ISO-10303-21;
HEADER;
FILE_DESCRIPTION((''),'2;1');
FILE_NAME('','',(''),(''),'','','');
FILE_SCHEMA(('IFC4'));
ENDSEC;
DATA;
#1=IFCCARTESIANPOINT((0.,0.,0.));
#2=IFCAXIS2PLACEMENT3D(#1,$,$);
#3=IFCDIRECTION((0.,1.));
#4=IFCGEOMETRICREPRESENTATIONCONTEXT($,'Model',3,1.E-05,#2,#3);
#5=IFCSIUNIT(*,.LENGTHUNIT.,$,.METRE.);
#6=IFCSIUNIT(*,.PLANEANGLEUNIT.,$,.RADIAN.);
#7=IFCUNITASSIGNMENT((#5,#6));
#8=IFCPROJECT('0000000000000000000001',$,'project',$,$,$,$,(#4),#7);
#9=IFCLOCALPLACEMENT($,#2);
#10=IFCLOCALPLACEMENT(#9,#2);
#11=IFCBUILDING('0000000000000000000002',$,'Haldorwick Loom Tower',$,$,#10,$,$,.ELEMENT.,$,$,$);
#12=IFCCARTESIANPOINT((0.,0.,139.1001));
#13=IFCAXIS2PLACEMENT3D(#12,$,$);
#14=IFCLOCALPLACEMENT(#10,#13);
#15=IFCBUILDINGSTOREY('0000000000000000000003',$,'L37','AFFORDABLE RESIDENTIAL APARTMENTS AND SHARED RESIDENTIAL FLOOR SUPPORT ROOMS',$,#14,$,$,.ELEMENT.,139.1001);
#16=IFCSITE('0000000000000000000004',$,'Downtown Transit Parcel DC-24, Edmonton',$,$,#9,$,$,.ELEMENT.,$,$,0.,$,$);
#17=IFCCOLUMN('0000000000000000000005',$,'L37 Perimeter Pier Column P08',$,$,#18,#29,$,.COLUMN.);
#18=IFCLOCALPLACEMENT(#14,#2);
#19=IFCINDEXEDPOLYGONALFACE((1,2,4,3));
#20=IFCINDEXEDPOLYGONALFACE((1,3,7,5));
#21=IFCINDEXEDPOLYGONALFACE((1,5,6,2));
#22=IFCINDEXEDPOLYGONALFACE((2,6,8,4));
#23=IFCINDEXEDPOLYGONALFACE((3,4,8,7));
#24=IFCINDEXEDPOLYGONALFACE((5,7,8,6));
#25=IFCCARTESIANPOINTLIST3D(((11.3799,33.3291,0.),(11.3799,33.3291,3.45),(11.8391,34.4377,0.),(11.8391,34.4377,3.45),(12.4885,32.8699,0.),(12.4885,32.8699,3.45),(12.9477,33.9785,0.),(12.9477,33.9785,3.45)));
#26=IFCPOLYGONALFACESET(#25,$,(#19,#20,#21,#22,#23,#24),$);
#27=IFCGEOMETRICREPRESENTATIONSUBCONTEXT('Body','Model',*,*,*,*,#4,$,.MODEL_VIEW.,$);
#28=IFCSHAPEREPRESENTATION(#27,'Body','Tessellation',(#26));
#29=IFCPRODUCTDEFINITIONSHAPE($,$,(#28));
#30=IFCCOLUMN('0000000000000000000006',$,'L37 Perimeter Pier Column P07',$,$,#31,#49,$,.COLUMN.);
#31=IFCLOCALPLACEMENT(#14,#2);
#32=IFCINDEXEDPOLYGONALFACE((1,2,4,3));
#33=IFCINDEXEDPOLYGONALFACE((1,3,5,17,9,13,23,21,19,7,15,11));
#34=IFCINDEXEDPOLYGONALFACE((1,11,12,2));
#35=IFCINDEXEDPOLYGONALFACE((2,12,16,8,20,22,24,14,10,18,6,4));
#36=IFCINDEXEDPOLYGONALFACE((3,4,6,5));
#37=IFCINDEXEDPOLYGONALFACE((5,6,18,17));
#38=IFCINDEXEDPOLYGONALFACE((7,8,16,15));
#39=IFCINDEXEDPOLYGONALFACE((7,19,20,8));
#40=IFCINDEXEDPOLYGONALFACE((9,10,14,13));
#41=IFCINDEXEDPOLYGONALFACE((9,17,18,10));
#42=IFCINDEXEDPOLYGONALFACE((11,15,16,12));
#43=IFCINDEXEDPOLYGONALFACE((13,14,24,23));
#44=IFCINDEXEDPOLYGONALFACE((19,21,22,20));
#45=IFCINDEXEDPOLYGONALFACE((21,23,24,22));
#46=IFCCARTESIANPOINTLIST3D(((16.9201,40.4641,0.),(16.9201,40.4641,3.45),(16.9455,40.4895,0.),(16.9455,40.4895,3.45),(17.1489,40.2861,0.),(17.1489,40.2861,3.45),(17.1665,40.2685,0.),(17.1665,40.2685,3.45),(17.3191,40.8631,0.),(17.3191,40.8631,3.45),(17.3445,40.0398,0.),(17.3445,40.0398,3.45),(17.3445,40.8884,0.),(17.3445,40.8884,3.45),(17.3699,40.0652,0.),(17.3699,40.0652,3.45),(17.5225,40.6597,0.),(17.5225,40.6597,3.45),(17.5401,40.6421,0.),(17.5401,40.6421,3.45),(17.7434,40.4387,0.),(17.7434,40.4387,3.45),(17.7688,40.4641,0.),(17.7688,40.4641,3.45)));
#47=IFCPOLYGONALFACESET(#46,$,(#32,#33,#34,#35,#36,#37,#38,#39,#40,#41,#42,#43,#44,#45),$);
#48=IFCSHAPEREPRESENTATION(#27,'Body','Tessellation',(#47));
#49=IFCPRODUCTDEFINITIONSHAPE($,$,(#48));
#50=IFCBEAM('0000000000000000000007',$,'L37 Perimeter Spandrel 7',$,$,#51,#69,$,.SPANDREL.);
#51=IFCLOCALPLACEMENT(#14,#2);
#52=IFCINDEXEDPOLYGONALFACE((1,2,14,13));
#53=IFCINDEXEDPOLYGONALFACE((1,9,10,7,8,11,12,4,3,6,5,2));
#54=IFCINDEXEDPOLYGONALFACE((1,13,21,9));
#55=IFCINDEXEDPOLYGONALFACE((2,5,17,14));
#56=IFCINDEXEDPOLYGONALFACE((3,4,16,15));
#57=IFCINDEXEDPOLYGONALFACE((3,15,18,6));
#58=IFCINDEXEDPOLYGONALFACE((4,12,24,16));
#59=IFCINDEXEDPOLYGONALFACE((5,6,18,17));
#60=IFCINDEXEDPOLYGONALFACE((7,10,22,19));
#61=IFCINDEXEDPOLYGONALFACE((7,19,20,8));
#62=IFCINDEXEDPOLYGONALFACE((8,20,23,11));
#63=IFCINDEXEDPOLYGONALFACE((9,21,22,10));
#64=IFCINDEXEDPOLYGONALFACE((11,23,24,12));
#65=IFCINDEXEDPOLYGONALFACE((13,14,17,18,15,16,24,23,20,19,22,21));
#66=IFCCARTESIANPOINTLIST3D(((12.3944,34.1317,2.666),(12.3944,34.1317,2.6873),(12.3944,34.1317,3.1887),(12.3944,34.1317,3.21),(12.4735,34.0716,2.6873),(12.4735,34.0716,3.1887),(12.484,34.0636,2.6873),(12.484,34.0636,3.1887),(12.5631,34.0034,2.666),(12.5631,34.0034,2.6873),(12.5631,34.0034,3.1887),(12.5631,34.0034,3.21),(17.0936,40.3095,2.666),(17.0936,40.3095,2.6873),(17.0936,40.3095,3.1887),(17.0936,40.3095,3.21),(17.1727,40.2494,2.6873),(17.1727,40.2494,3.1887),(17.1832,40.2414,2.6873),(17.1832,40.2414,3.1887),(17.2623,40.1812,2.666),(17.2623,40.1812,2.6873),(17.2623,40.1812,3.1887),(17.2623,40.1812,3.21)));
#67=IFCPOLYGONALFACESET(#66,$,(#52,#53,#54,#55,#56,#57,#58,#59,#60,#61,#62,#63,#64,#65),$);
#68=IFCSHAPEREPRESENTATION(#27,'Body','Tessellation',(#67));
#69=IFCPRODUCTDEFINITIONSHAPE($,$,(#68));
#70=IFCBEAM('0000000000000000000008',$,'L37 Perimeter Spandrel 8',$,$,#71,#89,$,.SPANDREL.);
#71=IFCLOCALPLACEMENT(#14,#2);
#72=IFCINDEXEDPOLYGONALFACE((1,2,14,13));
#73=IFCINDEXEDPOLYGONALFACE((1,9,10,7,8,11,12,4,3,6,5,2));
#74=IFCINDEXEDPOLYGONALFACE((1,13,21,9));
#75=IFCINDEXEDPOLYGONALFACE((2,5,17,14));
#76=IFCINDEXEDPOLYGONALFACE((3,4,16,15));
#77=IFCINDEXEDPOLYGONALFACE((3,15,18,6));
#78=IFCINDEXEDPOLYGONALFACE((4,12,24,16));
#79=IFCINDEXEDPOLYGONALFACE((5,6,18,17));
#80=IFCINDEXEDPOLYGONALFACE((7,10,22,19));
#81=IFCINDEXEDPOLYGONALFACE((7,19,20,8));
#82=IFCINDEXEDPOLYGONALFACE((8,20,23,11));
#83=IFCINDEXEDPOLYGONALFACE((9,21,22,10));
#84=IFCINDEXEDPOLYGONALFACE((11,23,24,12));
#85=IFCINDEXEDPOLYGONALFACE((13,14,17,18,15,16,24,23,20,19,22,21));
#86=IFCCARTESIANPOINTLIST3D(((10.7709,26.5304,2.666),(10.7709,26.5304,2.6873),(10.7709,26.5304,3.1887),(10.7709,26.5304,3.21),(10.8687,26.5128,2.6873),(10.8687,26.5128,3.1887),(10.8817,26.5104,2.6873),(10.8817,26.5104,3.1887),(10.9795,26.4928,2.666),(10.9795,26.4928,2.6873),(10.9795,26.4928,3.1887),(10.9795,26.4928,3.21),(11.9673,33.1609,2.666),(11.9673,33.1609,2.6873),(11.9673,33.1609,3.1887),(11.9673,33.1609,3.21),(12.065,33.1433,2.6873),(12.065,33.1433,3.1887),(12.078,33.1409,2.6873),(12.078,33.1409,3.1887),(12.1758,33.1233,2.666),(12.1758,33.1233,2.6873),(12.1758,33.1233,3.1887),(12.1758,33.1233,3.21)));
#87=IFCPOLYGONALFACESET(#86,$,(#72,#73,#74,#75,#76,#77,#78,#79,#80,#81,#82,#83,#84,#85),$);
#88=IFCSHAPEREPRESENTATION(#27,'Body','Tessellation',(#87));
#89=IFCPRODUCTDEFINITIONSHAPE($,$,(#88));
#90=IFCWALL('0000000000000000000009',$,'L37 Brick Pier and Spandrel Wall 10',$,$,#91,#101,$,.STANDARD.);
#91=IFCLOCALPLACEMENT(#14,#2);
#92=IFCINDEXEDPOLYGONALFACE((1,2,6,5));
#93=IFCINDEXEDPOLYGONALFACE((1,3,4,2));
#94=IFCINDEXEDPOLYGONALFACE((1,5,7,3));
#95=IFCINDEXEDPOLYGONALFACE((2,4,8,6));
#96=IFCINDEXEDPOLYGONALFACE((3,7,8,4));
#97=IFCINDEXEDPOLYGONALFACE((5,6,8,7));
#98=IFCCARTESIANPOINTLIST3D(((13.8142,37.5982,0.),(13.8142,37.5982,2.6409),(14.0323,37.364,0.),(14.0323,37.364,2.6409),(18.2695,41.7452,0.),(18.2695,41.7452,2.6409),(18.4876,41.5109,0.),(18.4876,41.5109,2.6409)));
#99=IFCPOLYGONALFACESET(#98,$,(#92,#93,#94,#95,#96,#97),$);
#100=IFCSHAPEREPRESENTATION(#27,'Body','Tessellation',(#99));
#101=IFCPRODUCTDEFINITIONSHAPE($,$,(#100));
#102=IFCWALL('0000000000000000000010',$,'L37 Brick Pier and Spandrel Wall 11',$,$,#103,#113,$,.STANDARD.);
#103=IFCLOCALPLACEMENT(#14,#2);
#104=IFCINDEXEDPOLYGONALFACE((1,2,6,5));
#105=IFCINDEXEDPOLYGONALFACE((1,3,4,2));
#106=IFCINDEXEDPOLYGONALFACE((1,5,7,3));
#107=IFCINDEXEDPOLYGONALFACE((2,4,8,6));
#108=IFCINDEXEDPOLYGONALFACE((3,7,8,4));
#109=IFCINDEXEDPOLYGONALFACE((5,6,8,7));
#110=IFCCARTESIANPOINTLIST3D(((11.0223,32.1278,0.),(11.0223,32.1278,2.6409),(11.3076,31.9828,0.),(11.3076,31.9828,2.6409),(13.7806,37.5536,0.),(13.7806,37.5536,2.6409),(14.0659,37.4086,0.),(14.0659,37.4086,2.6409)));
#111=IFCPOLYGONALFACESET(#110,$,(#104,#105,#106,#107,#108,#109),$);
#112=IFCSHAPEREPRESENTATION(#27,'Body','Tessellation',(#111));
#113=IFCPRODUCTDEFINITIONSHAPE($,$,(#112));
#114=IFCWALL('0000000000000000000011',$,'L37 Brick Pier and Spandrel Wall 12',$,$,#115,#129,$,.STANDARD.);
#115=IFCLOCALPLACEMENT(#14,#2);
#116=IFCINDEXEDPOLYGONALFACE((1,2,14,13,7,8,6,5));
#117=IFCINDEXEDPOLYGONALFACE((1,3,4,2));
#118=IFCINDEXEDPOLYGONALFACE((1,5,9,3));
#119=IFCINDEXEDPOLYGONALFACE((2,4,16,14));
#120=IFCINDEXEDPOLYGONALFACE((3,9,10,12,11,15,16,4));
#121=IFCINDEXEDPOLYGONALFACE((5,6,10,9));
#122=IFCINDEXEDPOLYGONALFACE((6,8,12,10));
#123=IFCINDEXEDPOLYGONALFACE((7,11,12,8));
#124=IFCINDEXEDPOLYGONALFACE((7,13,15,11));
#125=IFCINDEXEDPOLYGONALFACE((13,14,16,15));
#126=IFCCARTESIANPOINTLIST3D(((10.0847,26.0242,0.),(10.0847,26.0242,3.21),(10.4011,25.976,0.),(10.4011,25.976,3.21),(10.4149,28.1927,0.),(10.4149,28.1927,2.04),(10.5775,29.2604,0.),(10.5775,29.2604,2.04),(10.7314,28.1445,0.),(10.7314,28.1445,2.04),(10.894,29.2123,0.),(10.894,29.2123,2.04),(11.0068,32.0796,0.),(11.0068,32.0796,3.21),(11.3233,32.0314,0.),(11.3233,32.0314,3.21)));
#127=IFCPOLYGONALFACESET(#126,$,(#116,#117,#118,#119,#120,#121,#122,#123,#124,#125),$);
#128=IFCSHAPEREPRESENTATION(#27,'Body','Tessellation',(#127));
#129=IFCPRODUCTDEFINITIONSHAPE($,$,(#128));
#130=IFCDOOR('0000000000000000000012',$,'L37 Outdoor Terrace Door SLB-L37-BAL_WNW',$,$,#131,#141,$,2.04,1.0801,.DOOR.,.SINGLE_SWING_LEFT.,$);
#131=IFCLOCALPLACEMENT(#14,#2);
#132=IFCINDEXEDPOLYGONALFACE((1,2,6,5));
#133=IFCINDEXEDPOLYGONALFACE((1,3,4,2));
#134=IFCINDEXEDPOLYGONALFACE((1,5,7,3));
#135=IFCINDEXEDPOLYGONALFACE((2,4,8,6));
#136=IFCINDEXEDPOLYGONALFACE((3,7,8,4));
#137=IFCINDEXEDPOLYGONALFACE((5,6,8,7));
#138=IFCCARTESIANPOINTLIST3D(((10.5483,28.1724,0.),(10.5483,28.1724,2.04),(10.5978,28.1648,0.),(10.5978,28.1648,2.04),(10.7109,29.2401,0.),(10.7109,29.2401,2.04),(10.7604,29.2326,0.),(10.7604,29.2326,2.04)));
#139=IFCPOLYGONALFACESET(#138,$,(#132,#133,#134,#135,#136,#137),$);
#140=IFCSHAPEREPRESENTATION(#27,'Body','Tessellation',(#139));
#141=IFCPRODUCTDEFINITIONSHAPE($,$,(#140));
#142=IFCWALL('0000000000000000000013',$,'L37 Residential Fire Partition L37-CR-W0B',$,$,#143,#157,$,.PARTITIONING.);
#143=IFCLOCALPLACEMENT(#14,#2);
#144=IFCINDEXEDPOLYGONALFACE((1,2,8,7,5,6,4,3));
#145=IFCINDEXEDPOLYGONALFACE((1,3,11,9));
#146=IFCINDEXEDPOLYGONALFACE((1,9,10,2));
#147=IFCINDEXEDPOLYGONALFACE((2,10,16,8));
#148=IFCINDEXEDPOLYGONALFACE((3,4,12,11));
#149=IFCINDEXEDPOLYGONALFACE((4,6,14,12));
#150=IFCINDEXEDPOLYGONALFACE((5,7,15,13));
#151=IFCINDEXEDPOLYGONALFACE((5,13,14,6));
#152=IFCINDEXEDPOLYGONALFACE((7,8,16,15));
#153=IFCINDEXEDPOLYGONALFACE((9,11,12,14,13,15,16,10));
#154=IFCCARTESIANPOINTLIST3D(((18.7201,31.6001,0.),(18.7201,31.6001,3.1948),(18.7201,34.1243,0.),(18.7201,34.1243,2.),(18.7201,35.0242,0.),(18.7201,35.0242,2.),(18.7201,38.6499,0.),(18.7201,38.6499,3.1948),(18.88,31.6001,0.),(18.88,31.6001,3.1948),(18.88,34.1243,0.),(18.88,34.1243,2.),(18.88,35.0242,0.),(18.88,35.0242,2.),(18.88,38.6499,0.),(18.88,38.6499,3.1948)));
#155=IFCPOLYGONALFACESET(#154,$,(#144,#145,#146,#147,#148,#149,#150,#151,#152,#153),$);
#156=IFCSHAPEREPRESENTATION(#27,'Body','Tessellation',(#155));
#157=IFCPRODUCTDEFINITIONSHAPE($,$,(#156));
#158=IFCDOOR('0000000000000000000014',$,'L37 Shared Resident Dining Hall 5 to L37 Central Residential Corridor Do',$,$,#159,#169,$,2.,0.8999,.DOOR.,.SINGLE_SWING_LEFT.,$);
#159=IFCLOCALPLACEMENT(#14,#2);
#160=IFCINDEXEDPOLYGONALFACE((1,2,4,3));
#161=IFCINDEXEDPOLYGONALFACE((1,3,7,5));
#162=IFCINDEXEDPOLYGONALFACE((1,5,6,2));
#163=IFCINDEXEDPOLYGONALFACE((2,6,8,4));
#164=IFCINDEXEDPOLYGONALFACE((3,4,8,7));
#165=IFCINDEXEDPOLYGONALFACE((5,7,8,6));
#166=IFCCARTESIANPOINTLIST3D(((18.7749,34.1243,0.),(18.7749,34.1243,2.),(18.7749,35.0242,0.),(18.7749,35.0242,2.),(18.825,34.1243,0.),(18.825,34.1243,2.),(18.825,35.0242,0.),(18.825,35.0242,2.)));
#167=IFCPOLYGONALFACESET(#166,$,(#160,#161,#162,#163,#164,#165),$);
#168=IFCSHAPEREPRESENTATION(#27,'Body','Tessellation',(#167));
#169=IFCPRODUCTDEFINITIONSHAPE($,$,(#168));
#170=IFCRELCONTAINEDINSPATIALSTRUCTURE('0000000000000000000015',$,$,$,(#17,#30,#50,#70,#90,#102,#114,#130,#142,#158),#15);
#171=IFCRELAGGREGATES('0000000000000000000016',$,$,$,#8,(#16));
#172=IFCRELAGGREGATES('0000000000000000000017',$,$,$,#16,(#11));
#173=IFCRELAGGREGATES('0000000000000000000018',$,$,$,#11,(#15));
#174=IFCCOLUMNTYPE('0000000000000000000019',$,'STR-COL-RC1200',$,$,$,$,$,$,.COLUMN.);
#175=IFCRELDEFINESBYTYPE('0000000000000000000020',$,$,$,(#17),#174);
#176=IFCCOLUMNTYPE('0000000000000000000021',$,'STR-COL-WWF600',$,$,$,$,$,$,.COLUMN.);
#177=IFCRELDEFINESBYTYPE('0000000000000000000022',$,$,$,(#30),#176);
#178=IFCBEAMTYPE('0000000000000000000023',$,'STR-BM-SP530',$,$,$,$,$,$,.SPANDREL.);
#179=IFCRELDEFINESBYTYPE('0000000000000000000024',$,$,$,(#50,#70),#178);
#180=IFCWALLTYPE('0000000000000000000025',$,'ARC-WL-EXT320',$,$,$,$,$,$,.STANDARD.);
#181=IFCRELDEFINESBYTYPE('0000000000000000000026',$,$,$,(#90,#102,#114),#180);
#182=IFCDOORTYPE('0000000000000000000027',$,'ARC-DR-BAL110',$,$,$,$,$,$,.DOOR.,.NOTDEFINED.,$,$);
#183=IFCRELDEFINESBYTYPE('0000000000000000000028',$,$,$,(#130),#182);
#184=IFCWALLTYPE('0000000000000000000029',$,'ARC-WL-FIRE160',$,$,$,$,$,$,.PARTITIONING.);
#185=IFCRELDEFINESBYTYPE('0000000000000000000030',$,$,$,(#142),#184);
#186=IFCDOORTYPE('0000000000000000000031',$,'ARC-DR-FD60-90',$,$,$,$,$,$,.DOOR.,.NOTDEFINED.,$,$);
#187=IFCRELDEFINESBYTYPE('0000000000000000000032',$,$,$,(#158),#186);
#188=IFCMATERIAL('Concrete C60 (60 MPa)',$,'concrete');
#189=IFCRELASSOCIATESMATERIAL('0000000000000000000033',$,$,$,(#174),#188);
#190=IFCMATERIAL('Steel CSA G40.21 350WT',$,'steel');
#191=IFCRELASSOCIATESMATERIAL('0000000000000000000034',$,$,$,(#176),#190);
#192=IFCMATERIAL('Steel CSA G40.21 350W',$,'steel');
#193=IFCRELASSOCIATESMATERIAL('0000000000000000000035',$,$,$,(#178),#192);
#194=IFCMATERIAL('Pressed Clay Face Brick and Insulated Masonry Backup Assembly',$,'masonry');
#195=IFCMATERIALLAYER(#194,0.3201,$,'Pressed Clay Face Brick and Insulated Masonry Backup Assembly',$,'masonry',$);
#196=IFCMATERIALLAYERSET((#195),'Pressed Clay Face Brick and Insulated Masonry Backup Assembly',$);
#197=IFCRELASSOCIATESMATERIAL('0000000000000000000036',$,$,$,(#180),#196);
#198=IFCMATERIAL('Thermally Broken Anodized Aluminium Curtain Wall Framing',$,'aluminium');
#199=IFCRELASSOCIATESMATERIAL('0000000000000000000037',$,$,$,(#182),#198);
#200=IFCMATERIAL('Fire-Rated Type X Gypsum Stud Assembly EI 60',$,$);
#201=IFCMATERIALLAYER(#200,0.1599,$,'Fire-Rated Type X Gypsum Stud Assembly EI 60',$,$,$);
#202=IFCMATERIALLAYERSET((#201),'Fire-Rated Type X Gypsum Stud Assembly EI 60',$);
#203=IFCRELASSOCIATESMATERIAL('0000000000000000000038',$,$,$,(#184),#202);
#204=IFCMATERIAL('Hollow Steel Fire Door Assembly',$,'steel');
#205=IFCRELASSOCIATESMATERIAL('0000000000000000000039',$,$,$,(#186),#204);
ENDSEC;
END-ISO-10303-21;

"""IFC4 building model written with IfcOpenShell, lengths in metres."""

from ifc_helpers import new_model, si_unit, direction, frame, frame_2d, origin, origin_2d, place, context, subcontext, project, spatial, rectangle, i_section, extrude, material, layer, layer_set, material_profile, profile_set, type_object, element, fill, save


model = new_model("IFC4")

# Units and contexts
model_context = context("Model", 3, precision=1e-05, world=origin(), true_north=direction((0.0, 1.0)))
body_context = subcontext(model_context, "Body", "Model", "MODEL_VIEW")
ifc_project = project(units=[si_unit("LENGTHUNIT", "METRE"), si_unit("PLANEANGLEUNIT", "RADIAN")], contexts=[model_context])

# Site, building, storey
site_placement = place(None, origin())
site = spatial("IfcSite", under=ifc_project, at=site_placement, Name="Downtown Transit Parcel DC-24, Edmonton", CompositionType="ELEMENT", RefElevation=0.0)
building_placement = place(site_placement, origin())
building = spatial("IfcBuilding", under=site, at=building_placement, Name="Haldorwick Loom Tower", CompositionType="ELEMENT")
storey_placement = place(building_placement, frame((0.0, 0.0, 139.1001)))
storey = spatial("IfcBuildingStorey", under=building, at=storey_placement, Name="L37", Description="AFFORDABLE RESIDENTIAL APARTMENTS AND SHARED RESIDENTIAL FLOOR SUPPORT ROOMS", CompositionType="ELEMENT", Elevation=139.1001)

# Columns
ifc_material_1 = material(Name="Concrete C60 (60 MPa)", Category="concrete")
ifc_material_profile_1 = material_profile(ifc_material_1, rectangle(XDim=1.2, YDim=1.2, at=origin_2d()), Name="RC1200X1200", Category="concrete")
ifc_profile_set_1 = profile_set([ifc_material_profile_1], Name="Concrete C60 (60 MPa)")
column_type_1 = type_object("IfcColumnType", Name="STR-COL-RC1200", PredefinedType="COLUMN", material=ifc_profile_set_1)
column_1_placement = place(storey_placement, frame((12.1638, 33.6538, 0.0), z_axis=(0.0, 0.0, 1.0), x_axis=(-0.92388, 0.382683, 0.0)))
element("IfcColumn", 1, at=column_1_placement, inside=storey, type_object=column_type_1, Name="L37 Perimeter Pier Column P08", PredefinedType="COLUMN", context=body_context, shape_type="SweptSolid", body=[
    extrude(rectangle(XDim=1.2, YDim=1.2, at=origin_2d()), origin(), (0.0, 0.0, 1.0), 3.45),
])
ifc_material_2 = material(Name="Steel CSA G40.21 350WT", Category="steel")
ifc_material_profile_2 = material_profile(ifc_material_2, i_section(OverallWidth=0.6001, OverallDepth=0.6001, WebThickness=0.0249, FlangeThickness=0.0359, at=origin_2d()), Name="WWF600X600", Category="steel")
ifc_profile_set_2 = profile_set([ifc_material_profile_2], Name="Steel CSA G40.21 350WT")
column_type_2 = type_object("IfcColumnType", Name="STR-COL-WWF600", PredefinedType="COLUMN", material=ifc_profile_set_2)
column_2_placement = place(storey_placement, frame((17.3445, 40.4641, 0.0), z_axis=(0.0, 0.0, 1.0), x_axis=(-0.707107, 0.707107, 0.0)))
element("IfcColumn", 2, at=column_2_placement, inside=storey, type_object=column_type_2, Name="L37 Perimeter Pier Column P07", PredefinedType="COLUMN", context=body_context, shape_type="SweptSolid", body=[
    extrude(i_section(OverallWidth=0.6001, OverallDepth=0.6001, WebThickness=0.0249, FlangeThickness=0.0359, at=origin_2d()), origin(), (0.0, 0.0, 1.0), 3.45),
])

# Beams
ifc_material_3 = material(Name="Steel CSA G40.21 350W", Category="steel")
ifc_material_profile_3 = material_profile(ifc_material_3, i_section(OverallWidth=0.2119, OverallDepth=0.5439, WebThickness=0.0132, FlangeThickness=0.0212, at=origin_2d()), Name="W530X123", Category="steel")
ifc_profile_set_3 = profile_set([ifc_material_profile_3], Name="Steel CSA G40.21 350W")
beam_type = type_object("IfcBeamType", Name="STR-BM-SP530", PredefinedType="SPANDREL", material=ifc_profile_set_3)
beam_1_placement = place(storey_placement, frame((17.178, 40.2454, 2.938), z_axis=(-0.605421, -0.795905, 0.0), x_axis=(0.795905, -0.605421, 0.0)))
element("IfcBeam", 3, at=beam_1_placement, inside=storey, type_object=beam_type, Name="L37 Perimeter Spandrel 7", PredefinedType="SPANDREL", context=body_context, shape_type="SweptSolid", body=[
    extrude(i_section(OverallWidth=0.2119, OverallDepth=0.5439, WebThickness=0.0132, FlangeThickness=0.0212, at=origin_2d()), origin(), (0.0, 0.0, 1.0), 7.762),
])
beam_2_placement = place(storey_placement, frame((12.0715, 33.1421, 2.938), z_axis=(-0.177559, -0.98411, 0.0), x_axis=(0.98411, -0.177559, 0.0)))
element("IfcBeam", 4, at=beam_2_placement, inside=storey, type_object=beam_type, Name="L37 Perimeter Spandrel 8", PredefinedType="SPANDREL", context=body_context, shape_type="SweptSolid", body=[
    extrude(i_section(OverallWidth=0.2119, OverallDepth=0.5439, WebThickness=0.0132, FlangeThickness=0.0212, at=origin_2d()), origin(), (0.0, 0.0, 1.0), 6.7375),
])

# Walls
ifc_material_4 = material(Name="Pressed Clay Face Brick and Insulated Masonry Backup Assembly", Category="masonry")
ifc_layer_1 = layer(ifc_material_4, 0.3201, Name="Pressed Clay Face Brick and Insulated Masonry Backup Assembly", Category="masonry")
ifc_layer_set_1 = layer_set([ifc_layer_1], Name="Pressed Clay Face Brick and Insulated Masonry Backup Assembly")
wall_type_1 = type_object("IfcWallType", Name="ARC-WL-EXT320", PredefinedType="STANDARD", material=ifc_layer_set_1)
for number, where, z_axis, x_axis, name in (
    (5, (18.3787, 41.6282, 0.0), (0.0, 0.0, 1.0), (-0.731983, -0.681323, 0.0), "L37 Brick Pier and Spandrel Wall 10"),
    (6, (13.9233, 37.4812, 0.0), (0.0, 0.0, 1.0), (-0.453172, -0.891423, 0.0), "L37 Brick Pier and Spandrel Wall 11"),
):
    element("IfcWall", number, at=place(storey_placement, frame(where, z_axis=z_axis, x_axis=x_axis)), inside=storey, type_object=wall_type_1, Name=name, PredefinedType="STANDARD", context=body_context, shape_type="SweptSolid", body=[
        extrude(rectangle(XDim=6.0867, YDim=0.3201, at=frame_2d((3.0435, 0.0))), origin(), (0.0, 0.0, 1.0), 2.6409),
    ])

# Walls, openings, doors
wall_1_placement = place(storey_placement, frame((11.165, 32.0554, 0.0), z_axis=(0.0, 0.0, 1.0), x_axis=(-0.150544, -0.988603, 0.0)))
wall_1 = element("IfcWall", 7, at=wall_1_placement, inside=storey, type_object=wall_type_1, Name="L37 Brick Pier and Spandrel Wall 12", PredefinedType="STANDARD", context=body_context, shape_type="SweptSolid", body=[
    extrude(rectangle(XDim=6.1252, YDim=0.3201, at=frame_2d((3.0625, 0.0))), origin(), (0.0, 0.0, 1.0), 3.21),
])
opening_1_placement = place(wall_1_placement, frame((2.8516, 0.0, 0.0)))
opening_1 = element("IfcOpeningElement", 8, at=opening_1_placement, cuts=wall_1, PredefinedType="OPENING", context=body_context, shape_type="SweptSolid", body=[
    extrude(rectangle(XDim=1.0801, YDim=2.04, at=frame_2d((0.54, 1.02))), frame((0.0, 0.1699, 0.0), z_axis=(0.0, -1.0, 0.0), x_axis=(1.0, 0.0, 0.0)), (0.0, 0.0, 1.0), 0.3401),
])
ifc_material_5 = material(Name="Thermally Broken Anodized Aluminium Curtain Wall Framing", Category="aluminium")
door_type_1 = type_object("IfcDoorType", Name="ARC-DR-BAL110", OperationType="NOTDEFINED", PredefinedType="DOOR", material=ifc_material_5)
door_1_placement = place(opening_1_placement, origin())
door_1 = element("IfcDoor", 9, at=door_1_placement, inside=storey, type_object=door_type_1, Name="L37 Outdoor Terrace Door SLB-L37-BAL_WNW", OperationType="SINGLE_SWING_LEFT", OverallHeight=2.04, OverallWidth=1.0801, PredefinedType="DOOR", context=body_context, shape_type="SweptSolid", body=[
    extrude(rectangle(XDim=1.0801, YDim=2.04, at=frame_2d((0.54, 1.02))), frame((0.0, 0.0249, 0.0), z_axis=(0.0, -1.0, 0.0), x_axis=(1.0, 0.0, 0.0)), (0.0, 0.0, 1.0), 0.05),
])
fill(opening_1, door_1)
ifc_material_6 = material(Name="Fire-Rated Type X Gypsum Stud Assembly EI 60")
ifc_layer_2 = layer(ifc_material_6, 0.1599, Name="Fire-Rated Type X Gypsum Stud Assembly EI 60")
ifc_layer_set_2 = layer_set([ifc_layer_2], Name="Fire-Rated Type X Gypsum Stud Assembly EI 60")
wall_type_2 = type_object("IfcWallType", Name="ARC-WL-FIRE160", PredefinedType="PARTITIONING", material=ifc_layer_set_2)
wall_2_placement = place(storey_placement, frame((18.8, 31.6001, 0.0), z_axis=(0.0, 0.0, 1.0), x_axis=(0.0, 1.0, 0.0)))
wall_2 = element("IfcWall", 10, at=wall_2_placement, inside=storey, type_object=wall_type_2, Name="L37 Residential Fire Partition L37-CR-W0B", PredefinedType="PARTITIONING", context=body_context, shape_type="SweptSolid", body=[
    extrude(rectangle(XDim=7.0498, YDim=0.1599, at=frame_2d((3.5249, 0.0))), origin(), (0.0, 0.0, 1.0), 3.1948),
])
opening_2_placement = place(wall_2_placement, frame((2.5242, 0.0, 0.0)))
opening_2 = element("IfcOpeningElement", 11, at=opening_2_placement, cuts=wall_2, PredefinedType="OPENING", context=body_context, shape_type="SweptSolid", body=[
    extrude(rectangle(XDim=0.8999, YDim=2.0, at=frame_2d((0.45, 1.0))), frame((0.0, 0.0898, 0.0), z_axis=(0.0, -1.0, 0.0), x_axis=(1.0, 0.0, 0.0)), (0.0, 0.0, 1.0), 0.1799),
])
ifc_material_7 = material(Name="Hollow Steel Fire Door Assembly", Category="steel")
door_type_2 = type_object("IfcDoorType", Name="ARC-DR-FD60-90", OperationType="NOTDEFINED", PredefinedType="DOOR", material=ifc_material_7)
door_2_placement = place(opening_2_placement, frame((0.8999, 0.0, 0.0), z_axis=(0.0, 0.0, 1.0), x_axis=(-1.0, 0.0, 0.0)))
door_2 = element("IfcDoor", 12, at=door_2_placement, inside=storey, type_object=door_type_2, Name="L37 Shared Resident Dining Hall 5 to L37 Central Residential Corridor Do", OperationType="SINGLE_SWING_LEFT", OverallHeight=2.0, OverallWidth=0.8999, PredefinedType="DOOR", context=body_context, shape_type="SweptSolid", body=[
    extrude(rectangle(XDim=0.8999, YDim=2.0, at=frame_2d((0.45, 1.0))), frame((0.0, 0.0249, 0.0), z_axis=(0.0, -1.0, 0.0), x_axis=(1.0, 0.0, 0.0)), (0.0, 0.0, 1.0), 0.05),
])
fill(opening_2, door_2)

save(model, "model.ifc")
